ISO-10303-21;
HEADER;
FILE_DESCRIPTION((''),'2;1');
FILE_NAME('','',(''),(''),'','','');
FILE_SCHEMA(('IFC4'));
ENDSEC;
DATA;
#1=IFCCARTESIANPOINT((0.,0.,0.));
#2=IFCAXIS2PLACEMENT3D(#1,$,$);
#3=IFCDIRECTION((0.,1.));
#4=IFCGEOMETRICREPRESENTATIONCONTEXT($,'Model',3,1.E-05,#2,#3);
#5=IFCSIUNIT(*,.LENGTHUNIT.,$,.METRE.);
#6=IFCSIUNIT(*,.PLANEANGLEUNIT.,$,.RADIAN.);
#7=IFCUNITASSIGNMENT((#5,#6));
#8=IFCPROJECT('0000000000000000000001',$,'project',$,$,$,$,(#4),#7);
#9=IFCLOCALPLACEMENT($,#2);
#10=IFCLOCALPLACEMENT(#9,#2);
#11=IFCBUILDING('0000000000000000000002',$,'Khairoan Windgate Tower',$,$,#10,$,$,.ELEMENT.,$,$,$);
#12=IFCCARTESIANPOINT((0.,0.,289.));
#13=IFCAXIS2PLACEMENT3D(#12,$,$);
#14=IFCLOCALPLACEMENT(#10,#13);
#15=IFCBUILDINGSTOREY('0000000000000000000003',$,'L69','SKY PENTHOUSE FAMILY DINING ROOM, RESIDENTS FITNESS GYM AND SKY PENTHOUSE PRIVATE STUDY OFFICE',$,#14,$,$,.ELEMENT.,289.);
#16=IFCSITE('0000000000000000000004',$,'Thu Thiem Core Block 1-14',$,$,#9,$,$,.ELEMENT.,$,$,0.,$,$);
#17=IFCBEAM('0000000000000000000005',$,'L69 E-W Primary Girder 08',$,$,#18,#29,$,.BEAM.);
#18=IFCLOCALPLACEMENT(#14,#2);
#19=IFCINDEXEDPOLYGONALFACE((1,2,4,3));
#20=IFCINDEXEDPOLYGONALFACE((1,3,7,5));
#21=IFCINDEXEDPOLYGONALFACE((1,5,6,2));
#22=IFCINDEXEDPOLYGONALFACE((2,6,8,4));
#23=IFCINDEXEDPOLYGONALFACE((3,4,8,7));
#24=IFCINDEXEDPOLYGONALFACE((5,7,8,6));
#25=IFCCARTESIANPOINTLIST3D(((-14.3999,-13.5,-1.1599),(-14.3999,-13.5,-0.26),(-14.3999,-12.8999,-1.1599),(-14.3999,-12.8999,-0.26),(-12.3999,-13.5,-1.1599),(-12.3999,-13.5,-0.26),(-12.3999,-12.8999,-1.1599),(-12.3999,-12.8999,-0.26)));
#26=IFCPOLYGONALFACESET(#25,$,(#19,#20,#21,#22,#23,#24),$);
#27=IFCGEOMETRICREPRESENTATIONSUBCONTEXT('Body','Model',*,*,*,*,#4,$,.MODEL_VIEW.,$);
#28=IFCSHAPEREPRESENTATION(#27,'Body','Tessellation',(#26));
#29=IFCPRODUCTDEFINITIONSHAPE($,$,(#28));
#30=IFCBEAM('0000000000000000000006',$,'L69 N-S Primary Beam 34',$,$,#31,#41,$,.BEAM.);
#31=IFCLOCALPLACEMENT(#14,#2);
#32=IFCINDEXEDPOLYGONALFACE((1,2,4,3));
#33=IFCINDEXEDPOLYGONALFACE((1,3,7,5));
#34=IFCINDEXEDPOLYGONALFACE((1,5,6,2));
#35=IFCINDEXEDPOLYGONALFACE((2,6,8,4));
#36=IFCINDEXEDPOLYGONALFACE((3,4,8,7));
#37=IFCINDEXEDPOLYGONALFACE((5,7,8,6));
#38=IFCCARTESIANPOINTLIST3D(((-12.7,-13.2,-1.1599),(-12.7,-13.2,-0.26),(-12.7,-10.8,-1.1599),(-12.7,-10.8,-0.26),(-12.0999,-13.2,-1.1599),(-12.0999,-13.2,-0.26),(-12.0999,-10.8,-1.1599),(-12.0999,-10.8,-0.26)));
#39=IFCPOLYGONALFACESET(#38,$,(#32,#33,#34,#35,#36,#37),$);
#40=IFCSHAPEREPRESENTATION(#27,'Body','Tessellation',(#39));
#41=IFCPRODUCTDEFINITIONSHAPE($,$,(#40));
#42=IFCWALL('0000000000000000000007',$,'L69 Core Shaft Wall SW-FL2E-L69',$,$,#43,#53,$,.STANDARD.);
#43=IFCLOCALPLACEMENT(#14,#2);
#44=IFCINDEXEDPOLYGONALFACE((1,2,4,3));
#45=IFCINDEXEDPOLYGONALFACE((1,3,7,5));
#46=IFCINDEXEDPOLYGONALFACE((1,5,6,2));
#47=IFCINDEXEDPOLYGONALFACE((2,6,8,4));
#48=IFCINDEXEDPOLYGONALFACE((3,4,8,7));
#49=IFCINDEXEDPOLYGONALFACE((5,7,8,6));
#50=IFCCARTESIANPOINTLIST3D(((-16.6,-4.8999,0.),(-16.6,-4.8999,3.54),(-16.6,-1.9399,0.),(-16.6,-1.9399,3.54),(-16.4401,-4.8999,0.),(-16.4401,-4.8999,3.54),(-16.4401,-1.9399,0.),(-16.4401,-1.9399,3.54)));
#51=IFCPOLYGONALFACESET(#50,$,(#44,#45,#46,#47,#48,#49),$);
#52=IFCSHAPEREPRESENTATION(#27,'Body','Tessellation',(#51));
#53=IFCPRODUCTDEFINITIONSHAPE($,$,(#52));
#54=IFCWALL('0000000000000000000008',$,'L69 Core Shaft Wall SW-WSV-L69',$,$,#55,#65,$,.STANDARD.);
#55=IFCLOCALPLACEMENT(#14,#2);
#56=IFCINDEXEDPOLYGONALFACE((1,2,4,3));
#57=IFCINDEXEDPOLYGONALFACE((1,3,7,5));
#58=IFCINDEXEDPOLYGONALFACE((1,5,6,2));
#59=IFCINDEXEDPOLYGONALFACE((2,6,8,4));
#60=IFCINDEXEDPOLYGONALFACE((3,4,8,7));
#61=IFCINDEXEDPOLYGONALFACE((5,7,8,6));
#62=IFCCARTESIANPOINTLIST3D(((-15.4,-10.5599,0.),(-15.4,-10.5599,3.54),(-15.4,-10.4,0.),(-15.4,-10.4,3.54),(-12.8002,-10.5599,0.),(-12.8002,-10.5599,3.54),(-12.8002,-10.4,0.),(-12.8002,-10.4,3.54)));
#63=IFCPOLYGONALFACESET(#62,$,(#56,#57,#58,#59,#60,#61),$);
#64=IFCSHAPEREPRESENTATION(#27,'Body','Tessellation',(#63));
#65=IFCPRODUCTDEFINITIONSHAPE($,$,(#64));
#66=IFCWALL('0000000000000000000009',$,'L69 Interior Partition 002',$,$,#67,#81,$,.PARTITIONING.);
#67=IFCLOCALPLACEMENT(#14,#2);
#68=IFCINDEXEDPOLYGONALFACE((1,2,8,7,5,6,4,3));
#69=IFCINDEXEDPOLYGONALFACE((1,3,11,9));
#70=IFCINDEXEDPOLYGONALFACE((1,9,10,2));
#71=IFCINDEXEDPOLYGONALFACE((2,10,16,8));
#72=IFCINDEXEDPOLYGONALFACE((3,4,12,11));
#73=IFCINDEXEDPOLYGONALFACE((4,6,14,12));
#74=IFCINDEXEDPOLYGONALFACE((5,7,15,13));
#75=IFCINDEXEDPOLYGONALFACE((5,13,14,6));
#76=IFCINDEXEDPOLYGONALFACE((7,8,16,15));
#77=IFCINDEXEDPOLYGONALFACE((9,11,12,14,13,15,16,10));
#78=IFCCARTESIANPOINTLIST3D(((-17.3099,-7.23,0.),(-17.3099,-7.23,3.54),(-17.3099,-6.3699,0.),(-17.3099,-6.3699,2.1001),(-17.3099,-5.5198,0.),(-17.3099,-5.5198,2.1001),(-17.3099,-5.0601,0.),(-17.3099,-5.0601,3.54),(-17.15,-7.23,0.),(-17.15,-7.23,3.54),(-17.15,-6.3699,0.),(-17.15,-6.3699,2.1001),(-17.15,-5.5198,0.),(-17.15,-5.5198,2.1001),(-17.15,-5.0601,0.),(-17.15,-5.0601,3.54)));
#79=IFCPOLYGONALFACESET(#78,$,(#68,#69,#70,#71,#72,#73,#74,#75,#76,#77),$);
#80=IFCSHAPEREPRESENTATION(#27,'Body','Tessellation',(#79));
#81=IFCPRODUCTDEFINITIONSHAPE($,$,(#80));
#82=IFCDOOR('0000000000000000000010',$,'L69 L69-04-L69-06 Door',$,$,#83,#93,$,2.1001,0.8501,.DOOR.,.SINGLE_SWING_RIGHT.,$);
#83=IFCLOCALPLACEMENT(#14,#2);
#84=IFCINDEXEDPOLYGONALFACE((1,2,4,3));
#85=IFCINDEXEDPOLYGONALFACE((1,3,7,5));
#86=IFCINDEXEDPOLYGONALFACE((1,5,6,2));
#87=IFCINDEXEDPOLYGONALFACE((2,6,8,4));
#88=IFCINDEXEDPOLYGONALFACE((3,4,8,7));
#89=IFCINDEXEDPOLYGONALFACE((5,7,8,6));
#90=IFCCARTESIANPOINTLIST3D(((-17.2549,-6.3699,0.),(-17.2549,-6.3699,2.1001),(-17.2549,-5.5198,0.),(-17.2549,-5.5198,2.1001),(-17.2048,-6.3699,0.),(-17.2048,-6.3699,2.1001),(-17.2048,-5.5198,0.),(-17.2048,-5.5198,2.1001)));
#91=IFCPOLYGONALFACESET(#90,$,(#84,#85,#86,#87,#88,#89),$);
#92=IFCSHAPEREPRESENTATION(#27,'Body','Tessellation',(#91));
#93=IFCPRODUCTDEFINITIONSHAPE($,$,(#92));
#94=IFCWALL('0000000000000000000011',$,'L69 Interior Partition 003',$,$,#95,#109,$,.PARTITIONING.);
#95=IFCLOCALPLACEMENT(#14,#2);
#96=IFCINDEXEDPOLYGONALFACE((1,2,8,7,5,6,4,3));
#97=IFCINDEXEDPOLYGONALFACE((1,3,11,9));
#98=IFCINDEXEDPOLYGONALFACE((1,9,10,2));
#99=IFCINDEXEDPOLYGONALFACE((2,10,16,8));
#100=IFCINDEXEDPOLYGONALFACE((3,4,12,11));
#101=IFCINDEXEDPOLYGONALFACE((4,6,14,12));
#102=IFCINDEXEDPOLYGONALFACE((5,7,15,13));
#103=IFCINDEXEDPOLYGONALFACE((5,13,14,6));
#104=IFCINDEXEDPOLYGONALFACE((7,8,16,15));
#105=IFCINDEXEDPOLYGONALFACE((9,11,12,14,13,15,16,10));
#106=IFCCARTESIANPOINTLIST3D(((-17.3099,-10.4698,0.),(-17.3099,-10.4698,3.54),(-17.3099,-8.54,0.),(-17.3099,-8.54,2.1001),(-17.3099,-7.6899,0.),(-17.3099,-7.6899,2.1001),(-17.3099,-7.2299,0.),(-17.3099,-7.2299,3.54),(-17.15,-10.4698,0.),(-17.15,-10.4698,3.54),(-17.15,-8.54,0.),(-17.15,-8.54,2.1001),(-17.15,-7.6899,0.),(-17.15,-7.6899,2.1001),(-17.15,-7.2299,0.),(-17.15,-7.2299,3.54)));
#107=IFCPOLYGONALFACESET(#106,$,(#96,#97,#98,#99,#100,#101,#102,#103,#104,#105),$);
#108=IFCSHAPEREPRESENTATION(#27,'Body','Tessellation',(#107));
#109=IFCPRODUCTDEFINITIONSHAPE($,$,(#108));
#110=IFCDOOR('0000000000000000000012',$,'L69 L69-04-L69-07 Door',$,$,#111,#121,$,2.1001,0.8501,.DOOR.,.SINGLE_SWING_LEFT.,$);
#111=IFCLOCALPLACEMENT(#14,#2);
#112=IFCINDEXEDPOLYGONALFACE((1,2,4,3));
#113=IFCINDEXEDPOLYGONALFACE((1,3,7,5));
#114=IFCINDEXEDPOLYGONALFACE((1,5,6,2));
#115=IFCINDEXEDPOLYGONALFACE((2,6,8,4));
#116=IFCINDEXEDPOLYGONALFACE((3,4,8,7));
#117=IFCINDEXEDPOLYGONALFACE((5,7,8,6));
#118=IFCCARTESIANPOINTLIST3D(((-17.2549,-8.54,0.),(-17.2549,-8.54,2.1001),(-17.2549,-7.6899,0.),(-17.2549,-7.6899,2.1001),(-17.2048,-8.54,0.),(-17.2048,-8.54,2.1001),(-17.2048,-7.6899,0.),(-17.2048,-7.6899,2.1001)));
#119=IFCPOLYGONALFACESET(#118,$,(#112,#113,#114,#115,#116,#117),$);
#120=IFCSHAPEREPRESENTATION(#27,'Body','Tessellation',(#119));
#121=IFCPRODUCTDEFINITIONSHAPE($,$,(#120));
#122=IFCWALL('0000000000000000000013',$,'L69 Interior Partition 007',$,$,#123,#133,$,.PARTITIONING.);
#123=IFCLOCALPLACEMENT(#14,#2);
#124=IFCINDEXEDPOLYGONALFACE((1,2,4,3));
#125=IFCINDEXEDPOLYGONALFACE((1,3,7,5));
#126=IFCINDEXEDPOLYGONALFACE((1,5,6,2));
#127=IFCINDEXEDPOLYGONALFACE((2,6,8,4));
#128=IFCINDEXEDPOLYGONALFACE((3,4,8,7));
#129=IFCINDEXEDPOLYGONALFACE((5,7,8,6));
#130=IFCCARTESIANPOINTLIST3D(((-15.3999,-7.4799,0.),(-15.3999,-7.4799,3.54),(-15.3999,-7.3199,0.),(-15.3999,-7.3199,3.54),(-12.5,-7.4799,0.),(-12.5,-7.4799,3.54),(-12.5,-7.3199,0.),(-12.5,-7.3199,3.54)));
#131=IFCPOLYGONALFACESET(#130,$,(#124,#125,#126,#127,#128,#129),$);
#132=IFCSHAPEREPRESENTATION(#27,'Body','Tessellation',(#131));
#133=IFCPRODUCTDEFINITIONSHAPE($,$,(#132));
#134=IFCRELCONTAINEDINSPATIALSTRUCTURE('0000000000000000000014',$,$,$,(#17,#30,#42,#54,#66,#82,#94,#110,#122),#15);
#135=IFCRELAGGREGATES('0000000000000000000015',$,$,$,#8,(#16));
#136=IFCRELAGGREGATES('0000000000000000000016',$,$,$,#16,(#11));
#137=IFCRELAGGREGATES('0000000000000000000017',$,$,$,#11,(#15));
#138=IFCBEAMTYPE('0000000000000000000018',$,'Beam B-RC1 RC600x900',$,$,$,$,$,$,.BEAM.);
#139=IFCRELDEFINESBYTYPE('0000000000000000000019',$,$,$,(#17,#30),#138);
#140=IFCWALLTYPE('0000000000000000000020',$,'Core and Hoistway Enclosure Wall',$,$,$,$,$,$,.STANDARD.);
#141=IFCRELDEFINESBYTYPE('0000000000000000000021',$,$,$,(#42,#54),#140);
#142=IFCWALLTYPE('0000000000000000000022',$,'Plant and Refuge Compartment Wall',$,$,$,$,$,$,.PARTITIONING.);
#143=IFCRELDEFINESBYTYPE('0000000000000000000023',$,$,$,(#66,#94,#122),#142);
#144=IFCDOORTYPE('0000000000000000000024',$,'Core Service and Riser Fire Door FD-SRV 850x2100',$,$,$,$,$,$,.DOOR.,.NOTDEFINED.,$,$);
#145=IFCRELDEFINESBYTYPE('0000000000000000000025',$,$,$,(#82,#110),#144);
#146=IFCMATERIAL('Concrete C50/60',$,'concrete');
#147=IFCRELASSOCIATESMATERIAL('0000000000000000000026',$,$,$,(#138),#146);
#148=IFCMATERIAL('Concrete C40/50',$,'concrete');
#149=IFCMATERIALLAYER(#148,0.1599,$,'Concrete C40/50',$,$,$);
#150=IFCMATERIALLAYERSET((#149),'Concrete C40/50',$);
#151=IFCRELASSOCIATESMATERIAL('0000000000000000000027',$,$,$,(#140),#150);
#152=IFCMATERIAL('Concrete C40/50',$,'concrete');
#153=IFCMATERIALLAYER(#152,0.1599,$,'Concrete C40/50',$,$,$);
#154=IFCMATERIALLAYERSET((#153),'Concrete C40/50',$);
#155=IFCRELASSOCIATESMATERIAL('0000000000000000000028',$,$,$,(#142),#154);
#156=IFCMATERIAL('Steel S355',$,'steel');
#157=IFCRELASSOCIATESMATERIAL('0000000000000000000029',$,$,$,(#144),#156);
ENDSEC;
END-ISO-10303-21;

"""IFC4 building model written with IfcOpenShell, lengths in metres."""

from ifc_helpers import new_model, si_unit, direction, frame, frame_2d, origin, origin_2d, place, context, subcontext, project, spatial, rectangle, extrude, material, layer, layer_set, material_profile, profile_set, type_object, element, fill, save


model = new_model("IFC4")

# Units and contexts
model_context = context("Model", 3, precision=1e-05, world=origin(), true_north=direction((0.0, 1.0)))
body_context = subcontext(model_context, "Body", "Model", "MODEL_VIEW")
ifc_project = project(units=[si_unit("LENGTHUNIT", "METRE"), si_unit("PLANEANGLEUNIT", "RADIAN")], contexts=[model_context])

# Site, building, storey
site_placement = place(None, origin())
site = spatial("IfcSite", under=ifc_project, at=site_placement, Name="Thu Thiem Core Block 1-14", CompositionType="ELEMENT", RefElevation=0.0)
building_placement = place(site_placement, origin())
building = spatial("IfcBuilding", under=site, at=building_placement, Name="Khairoan Windgate Tower", CompositionType="ELEMENT")
storey_placement = place(building_placement, frame((0.0, 0.0, 289.0)))
storey = spatial("IfcBuildingStorey", under=building, at=storey_placement, Name="L69", Description="SKY PENTHOUSE FAMILY DINING ROOM, RESIDENTS FITNESS GYM AND SKY PENTHOUSE PRIVATE STUDY OFFICE", CompositionType="ELEMENT", Elevation=289.0)

# Beams
ifc_material_1 = material(Name="Concrete C50/60", Category="concrete")
ifc_material_profile = material_profile(ifc_material_1, rectangle(XDim=0.6001, YDim=0.8999, at=origin_2d()))
ifc_profile_set = profile_set([ifc_material_profile], Name="Concrete C50/60")
beam_type = type_object("IfcBeamType", Name="Beam B-RC1 RC600x900", PredefinedType="BEAM", material=ifc_profile_set)
beam_1_placement = place(storey_placement, frame((-14.3999, -13.2, -0.71), z_axis=(1.0, 0.0, 0.0), x_axis=(0.0, 1.0, 0.0)))
element("IfcBeam", 1, at=beam_1_placement, inside=storey, type_object=beam_type, Name="L69 E-W Primary Girder 08", PredefinedType="BEAM", context=body_context, shape_type="SweptSolid", body=[
    extrude(rectangle(XDim=0.6001, YDim=0.8999, at=origin_2d()), origin(), (0.0, 0.0, 1.0), 2.0),
])
beam_2_placement = place(storey_placement, frame((-12.3999, -13.2, -0.71), z_axis=(0.0, 1.0, 0.0), x_axis=(-1.0, 0.0, 0.0)))
element("IfcBeam", 2, at=beam_2_placement, inside=storey, type_object=beam_type, Name="L69 N-S Primary Beam 34", PredefinedType="BEAM", context=body_context, shape_type="SweptSolid", body=[
    extrude(rectangle(XDim=0.6001, YDim=0.8999, at=origin_2d()), origin(), (0.0, 0.0, 1.0), 2.3999),
])

# Walls
ifc_material_2 = material(Name="Concrete C40/50", Category="concrete")
ifc_layer_1 = layer(ifc_material_2, 0.1599, Name="Concrete C40/50")
ifc_layer_set_1 = layer_set([ifc_layer_1], Name="Concrete C40/50")
wall_type_1 = type_object("IfcWallType", Name="Core and Hoistway Enclosure Wall", PredefinedType="STANDARD", material=ifc_layer_set_1)
wall_1_placement = place(storey_placement, frame((-16.52, -4.8999, 0.0), z_axis=(0.0, 0.0, 1.0), x_axis=(0.0, 1.0, 0.0)))
element("IfcWall", 3, at=wall_1_placement, inside=storey, type_object=wall_type_1, Name="L69 Core Shaft Wall SW-FL2E-L69", PredefinedType="STANDARD", context=body_context, shape_type="SweptSolid", body=[
    extrude(rectangle(XDim=2.96, YDim=0.1599, at=frame_2d((1.48, 0.0))), origin(), (0.0, 0.0, 1.0), 3.54),
])
wall_2_placement = place(storey_placement, frame((-15.3999, -10.48, 0.0), z_axis=(0.0, 0.0, 1.0), x_axis=(1.0, 0.0, 0.0)))
element("IfcWall", 4, at=wall_2_placement, inside=storey, type_object=wall_type_1, Name="L69 Core Shaft Wall SW-WSV-L69", PredefinedType="STANDARD", context=body_context, shape_type="SweptSolid", body=[
    extrude(rectangle(XDim=2.5999, YDim=0.1599, at=frame_2d((1.2998, 0.0))), origin(), (0.0, 0.0, 1.0), 3.54),
])

# Walls, openings, doors
ifc_material_3 = material(Name="Concrete C40/50", Category="concrete")
ifc_layer_2 = layer(ifc_material_3, 0.1599, Name="Concrete C40/50")
ifc_layer_set_2 = layer_set([ifc_layer_2], Name="Concrete C40/50")
wall_type_2 = type_object("IfcWallType", Name="Plant and Refuge Compartment Wall", PredefinedType="PARTITIONING", material=ifc_layer_set_2)
wall_3_placement = place(storey_placement, frame((-17.23, -7.23, 0.0), z_axis=(0.0, 0.0, 1.0), x_axis=(0.0, 1.0, 0.0)))
wall_3 = element("IfcWall", 5, at=wall_3_placement, inside=storey, type_object=wall_type_2, Name="L69 Interior Partition 002", PredefinedType="PARTITIONING", context=body_context, shape_type="SweptSolid", body=[
    extrude(rectangle(XDim=2.1699, YDim=0.1599, at=frame_2d((1.085, 0.0))), origin(), (0.0, 0.0, 1.0), 3.54),
])
opening_1_placement = place(wall_3_placement, frame((0.8601, 0.0, 0.0)))
opening_1 = element("IfcOpeningElement", 6, at=opening_1_placement, cuts=wall_3, PredefinedType="OPENING", context=body_context, shape_type="SweptSolid", body=[
    extrude(rectangle(XDim=0.8501, YDim=2.1001, at=frame_2d((0.425, 1.05))), frame((0.0, 0.0898, 0.0), z_axis=(0.0, -1.0, 0.0), x_axis=(1.0, 0.0, 0.0)), (0.0, 0.0, 1.0), 0.1799),
])
ifc_material_4 = material(Name="Steel S355", Category="steel")
door_type_1 = type_object("IfcDoorType", Name="Core Service and Riser Fire Door FD-SRV 850x2100", OperationType="NOTDEFINED", PredefinedType="DOOR", material=ifc_material_4)
door_1_placement = place(opening_1_placement, origin())
door_1 = element("IfcDoor", 7, at=door_1_placement, inside=storey, type_object=door_type_1, Name="L69 L69-04-L69-06 Door", OperationType="SINGLE_SWING_RIGHT", OverallHeight=2.1001, OverallWidth=0.8501, PredefinedType="DOOR", context=body_context, shape_type="SweptSolid", body=[
    extrude(rectangle(XDim=0.8501, YDim=2.1001, at=frame_2d((0.425, 1.05))), frame((0.0, 0.0249, 0.0), z_axis=(0.0, -1.0, 0.0), x_axis=(1.0, 0.0, 0.0)), (0.0, 0.0, 1.0), 0.05),
])
fill(opening_1, door_1)
wall_4_placement = place(storey_placement, frame((-17.23, -10.47, 0.0), z_axis=(0.0, 0.0, 1.0), x_axis=(0.0, 1.0, 0.0)))
wall_4 = element("IfcWall", 8, at=wall_4_placement, inside=storey, type_object=wall_type_2, Name="L69 Interior Partition 003", PredefinedType="PARTITIONING", context=body_context, shape_type="SweptSolid", body=[
    extrude(rectangle(XDim=3.24, YDim=0.1599, at=frame_2d((1.6201, 0.0))), origin(), (0.0, 0.0, 1.0), 3.54),
])
opening_2_placement = place(wall_4_placement, frame((1.9299, 0.0, 0.0)))
opening_2 = element("IfcOpeningElement", 9, at=opening_2_placement, cuts=wall_4, PredefinedType="OPENING", context=body_context, shape_type="SweptSolid", body=[
    extrude(rectangle(XDim=0.8501, YDim=2.1001, at=frame_2d((0.425, 1.05))), frame((0.0, 0.0898, 0.0), z_axis=(0.0, -1.0, 0.0), x_axis=(1.0, 0.0, 0.0)), (0.0, 0.0, 1.0), 0.1799),
])
door_2_placement = place(opening_2_placement, origin())
door_2 = element("IfcDoor", 10, at=door_2_placement, inside=storey, type_object=door_type_1, Name="L69 L69-04-L69-07 Door", OperationType="SINGLE_SWING_LEFT", OverallHeight=2.1001, OverallWidth=0.8501, PredefinedType="DOOR", context=body_context, shape_type="SweptSolid", body=[
    extrude(rectangle(XDim=0.8501, YDim=2.1001, at=frame_2d((0.425, 1.05))), frame((0.0, 0.0249, 0.0), z_axis=(0.0, -1.0, 0.0), x_axis=(1.0, 0.0, 0.0)), (0.0, 0.0, 1.0), 0.05),
])
fill(opening_2, door_2)

# Wall
wall_5_placement = place(storey_placement, frame((-15.3999, -7.3999, 0.0), z_axis=(0.0, 0.0, 1.0), x_axis=(1.0, 0.0, 0.0)))
element("IfcWall", 11, at=wall_5_placement, inside=storey, type_object=wall_type_2, Name="L69 Interior Partition 007", PredefinedType="PARTITIONING", context=body_context, shape_type="SweptSolid", body=[
    extrude(rectangle(XDim=2.8999, YDim=0.1599, at=frame_2d((1.45, 0.0))), origin(), (0.0, 0.0, 1.0), 3.54),
])

save(model, "model.ifc")
